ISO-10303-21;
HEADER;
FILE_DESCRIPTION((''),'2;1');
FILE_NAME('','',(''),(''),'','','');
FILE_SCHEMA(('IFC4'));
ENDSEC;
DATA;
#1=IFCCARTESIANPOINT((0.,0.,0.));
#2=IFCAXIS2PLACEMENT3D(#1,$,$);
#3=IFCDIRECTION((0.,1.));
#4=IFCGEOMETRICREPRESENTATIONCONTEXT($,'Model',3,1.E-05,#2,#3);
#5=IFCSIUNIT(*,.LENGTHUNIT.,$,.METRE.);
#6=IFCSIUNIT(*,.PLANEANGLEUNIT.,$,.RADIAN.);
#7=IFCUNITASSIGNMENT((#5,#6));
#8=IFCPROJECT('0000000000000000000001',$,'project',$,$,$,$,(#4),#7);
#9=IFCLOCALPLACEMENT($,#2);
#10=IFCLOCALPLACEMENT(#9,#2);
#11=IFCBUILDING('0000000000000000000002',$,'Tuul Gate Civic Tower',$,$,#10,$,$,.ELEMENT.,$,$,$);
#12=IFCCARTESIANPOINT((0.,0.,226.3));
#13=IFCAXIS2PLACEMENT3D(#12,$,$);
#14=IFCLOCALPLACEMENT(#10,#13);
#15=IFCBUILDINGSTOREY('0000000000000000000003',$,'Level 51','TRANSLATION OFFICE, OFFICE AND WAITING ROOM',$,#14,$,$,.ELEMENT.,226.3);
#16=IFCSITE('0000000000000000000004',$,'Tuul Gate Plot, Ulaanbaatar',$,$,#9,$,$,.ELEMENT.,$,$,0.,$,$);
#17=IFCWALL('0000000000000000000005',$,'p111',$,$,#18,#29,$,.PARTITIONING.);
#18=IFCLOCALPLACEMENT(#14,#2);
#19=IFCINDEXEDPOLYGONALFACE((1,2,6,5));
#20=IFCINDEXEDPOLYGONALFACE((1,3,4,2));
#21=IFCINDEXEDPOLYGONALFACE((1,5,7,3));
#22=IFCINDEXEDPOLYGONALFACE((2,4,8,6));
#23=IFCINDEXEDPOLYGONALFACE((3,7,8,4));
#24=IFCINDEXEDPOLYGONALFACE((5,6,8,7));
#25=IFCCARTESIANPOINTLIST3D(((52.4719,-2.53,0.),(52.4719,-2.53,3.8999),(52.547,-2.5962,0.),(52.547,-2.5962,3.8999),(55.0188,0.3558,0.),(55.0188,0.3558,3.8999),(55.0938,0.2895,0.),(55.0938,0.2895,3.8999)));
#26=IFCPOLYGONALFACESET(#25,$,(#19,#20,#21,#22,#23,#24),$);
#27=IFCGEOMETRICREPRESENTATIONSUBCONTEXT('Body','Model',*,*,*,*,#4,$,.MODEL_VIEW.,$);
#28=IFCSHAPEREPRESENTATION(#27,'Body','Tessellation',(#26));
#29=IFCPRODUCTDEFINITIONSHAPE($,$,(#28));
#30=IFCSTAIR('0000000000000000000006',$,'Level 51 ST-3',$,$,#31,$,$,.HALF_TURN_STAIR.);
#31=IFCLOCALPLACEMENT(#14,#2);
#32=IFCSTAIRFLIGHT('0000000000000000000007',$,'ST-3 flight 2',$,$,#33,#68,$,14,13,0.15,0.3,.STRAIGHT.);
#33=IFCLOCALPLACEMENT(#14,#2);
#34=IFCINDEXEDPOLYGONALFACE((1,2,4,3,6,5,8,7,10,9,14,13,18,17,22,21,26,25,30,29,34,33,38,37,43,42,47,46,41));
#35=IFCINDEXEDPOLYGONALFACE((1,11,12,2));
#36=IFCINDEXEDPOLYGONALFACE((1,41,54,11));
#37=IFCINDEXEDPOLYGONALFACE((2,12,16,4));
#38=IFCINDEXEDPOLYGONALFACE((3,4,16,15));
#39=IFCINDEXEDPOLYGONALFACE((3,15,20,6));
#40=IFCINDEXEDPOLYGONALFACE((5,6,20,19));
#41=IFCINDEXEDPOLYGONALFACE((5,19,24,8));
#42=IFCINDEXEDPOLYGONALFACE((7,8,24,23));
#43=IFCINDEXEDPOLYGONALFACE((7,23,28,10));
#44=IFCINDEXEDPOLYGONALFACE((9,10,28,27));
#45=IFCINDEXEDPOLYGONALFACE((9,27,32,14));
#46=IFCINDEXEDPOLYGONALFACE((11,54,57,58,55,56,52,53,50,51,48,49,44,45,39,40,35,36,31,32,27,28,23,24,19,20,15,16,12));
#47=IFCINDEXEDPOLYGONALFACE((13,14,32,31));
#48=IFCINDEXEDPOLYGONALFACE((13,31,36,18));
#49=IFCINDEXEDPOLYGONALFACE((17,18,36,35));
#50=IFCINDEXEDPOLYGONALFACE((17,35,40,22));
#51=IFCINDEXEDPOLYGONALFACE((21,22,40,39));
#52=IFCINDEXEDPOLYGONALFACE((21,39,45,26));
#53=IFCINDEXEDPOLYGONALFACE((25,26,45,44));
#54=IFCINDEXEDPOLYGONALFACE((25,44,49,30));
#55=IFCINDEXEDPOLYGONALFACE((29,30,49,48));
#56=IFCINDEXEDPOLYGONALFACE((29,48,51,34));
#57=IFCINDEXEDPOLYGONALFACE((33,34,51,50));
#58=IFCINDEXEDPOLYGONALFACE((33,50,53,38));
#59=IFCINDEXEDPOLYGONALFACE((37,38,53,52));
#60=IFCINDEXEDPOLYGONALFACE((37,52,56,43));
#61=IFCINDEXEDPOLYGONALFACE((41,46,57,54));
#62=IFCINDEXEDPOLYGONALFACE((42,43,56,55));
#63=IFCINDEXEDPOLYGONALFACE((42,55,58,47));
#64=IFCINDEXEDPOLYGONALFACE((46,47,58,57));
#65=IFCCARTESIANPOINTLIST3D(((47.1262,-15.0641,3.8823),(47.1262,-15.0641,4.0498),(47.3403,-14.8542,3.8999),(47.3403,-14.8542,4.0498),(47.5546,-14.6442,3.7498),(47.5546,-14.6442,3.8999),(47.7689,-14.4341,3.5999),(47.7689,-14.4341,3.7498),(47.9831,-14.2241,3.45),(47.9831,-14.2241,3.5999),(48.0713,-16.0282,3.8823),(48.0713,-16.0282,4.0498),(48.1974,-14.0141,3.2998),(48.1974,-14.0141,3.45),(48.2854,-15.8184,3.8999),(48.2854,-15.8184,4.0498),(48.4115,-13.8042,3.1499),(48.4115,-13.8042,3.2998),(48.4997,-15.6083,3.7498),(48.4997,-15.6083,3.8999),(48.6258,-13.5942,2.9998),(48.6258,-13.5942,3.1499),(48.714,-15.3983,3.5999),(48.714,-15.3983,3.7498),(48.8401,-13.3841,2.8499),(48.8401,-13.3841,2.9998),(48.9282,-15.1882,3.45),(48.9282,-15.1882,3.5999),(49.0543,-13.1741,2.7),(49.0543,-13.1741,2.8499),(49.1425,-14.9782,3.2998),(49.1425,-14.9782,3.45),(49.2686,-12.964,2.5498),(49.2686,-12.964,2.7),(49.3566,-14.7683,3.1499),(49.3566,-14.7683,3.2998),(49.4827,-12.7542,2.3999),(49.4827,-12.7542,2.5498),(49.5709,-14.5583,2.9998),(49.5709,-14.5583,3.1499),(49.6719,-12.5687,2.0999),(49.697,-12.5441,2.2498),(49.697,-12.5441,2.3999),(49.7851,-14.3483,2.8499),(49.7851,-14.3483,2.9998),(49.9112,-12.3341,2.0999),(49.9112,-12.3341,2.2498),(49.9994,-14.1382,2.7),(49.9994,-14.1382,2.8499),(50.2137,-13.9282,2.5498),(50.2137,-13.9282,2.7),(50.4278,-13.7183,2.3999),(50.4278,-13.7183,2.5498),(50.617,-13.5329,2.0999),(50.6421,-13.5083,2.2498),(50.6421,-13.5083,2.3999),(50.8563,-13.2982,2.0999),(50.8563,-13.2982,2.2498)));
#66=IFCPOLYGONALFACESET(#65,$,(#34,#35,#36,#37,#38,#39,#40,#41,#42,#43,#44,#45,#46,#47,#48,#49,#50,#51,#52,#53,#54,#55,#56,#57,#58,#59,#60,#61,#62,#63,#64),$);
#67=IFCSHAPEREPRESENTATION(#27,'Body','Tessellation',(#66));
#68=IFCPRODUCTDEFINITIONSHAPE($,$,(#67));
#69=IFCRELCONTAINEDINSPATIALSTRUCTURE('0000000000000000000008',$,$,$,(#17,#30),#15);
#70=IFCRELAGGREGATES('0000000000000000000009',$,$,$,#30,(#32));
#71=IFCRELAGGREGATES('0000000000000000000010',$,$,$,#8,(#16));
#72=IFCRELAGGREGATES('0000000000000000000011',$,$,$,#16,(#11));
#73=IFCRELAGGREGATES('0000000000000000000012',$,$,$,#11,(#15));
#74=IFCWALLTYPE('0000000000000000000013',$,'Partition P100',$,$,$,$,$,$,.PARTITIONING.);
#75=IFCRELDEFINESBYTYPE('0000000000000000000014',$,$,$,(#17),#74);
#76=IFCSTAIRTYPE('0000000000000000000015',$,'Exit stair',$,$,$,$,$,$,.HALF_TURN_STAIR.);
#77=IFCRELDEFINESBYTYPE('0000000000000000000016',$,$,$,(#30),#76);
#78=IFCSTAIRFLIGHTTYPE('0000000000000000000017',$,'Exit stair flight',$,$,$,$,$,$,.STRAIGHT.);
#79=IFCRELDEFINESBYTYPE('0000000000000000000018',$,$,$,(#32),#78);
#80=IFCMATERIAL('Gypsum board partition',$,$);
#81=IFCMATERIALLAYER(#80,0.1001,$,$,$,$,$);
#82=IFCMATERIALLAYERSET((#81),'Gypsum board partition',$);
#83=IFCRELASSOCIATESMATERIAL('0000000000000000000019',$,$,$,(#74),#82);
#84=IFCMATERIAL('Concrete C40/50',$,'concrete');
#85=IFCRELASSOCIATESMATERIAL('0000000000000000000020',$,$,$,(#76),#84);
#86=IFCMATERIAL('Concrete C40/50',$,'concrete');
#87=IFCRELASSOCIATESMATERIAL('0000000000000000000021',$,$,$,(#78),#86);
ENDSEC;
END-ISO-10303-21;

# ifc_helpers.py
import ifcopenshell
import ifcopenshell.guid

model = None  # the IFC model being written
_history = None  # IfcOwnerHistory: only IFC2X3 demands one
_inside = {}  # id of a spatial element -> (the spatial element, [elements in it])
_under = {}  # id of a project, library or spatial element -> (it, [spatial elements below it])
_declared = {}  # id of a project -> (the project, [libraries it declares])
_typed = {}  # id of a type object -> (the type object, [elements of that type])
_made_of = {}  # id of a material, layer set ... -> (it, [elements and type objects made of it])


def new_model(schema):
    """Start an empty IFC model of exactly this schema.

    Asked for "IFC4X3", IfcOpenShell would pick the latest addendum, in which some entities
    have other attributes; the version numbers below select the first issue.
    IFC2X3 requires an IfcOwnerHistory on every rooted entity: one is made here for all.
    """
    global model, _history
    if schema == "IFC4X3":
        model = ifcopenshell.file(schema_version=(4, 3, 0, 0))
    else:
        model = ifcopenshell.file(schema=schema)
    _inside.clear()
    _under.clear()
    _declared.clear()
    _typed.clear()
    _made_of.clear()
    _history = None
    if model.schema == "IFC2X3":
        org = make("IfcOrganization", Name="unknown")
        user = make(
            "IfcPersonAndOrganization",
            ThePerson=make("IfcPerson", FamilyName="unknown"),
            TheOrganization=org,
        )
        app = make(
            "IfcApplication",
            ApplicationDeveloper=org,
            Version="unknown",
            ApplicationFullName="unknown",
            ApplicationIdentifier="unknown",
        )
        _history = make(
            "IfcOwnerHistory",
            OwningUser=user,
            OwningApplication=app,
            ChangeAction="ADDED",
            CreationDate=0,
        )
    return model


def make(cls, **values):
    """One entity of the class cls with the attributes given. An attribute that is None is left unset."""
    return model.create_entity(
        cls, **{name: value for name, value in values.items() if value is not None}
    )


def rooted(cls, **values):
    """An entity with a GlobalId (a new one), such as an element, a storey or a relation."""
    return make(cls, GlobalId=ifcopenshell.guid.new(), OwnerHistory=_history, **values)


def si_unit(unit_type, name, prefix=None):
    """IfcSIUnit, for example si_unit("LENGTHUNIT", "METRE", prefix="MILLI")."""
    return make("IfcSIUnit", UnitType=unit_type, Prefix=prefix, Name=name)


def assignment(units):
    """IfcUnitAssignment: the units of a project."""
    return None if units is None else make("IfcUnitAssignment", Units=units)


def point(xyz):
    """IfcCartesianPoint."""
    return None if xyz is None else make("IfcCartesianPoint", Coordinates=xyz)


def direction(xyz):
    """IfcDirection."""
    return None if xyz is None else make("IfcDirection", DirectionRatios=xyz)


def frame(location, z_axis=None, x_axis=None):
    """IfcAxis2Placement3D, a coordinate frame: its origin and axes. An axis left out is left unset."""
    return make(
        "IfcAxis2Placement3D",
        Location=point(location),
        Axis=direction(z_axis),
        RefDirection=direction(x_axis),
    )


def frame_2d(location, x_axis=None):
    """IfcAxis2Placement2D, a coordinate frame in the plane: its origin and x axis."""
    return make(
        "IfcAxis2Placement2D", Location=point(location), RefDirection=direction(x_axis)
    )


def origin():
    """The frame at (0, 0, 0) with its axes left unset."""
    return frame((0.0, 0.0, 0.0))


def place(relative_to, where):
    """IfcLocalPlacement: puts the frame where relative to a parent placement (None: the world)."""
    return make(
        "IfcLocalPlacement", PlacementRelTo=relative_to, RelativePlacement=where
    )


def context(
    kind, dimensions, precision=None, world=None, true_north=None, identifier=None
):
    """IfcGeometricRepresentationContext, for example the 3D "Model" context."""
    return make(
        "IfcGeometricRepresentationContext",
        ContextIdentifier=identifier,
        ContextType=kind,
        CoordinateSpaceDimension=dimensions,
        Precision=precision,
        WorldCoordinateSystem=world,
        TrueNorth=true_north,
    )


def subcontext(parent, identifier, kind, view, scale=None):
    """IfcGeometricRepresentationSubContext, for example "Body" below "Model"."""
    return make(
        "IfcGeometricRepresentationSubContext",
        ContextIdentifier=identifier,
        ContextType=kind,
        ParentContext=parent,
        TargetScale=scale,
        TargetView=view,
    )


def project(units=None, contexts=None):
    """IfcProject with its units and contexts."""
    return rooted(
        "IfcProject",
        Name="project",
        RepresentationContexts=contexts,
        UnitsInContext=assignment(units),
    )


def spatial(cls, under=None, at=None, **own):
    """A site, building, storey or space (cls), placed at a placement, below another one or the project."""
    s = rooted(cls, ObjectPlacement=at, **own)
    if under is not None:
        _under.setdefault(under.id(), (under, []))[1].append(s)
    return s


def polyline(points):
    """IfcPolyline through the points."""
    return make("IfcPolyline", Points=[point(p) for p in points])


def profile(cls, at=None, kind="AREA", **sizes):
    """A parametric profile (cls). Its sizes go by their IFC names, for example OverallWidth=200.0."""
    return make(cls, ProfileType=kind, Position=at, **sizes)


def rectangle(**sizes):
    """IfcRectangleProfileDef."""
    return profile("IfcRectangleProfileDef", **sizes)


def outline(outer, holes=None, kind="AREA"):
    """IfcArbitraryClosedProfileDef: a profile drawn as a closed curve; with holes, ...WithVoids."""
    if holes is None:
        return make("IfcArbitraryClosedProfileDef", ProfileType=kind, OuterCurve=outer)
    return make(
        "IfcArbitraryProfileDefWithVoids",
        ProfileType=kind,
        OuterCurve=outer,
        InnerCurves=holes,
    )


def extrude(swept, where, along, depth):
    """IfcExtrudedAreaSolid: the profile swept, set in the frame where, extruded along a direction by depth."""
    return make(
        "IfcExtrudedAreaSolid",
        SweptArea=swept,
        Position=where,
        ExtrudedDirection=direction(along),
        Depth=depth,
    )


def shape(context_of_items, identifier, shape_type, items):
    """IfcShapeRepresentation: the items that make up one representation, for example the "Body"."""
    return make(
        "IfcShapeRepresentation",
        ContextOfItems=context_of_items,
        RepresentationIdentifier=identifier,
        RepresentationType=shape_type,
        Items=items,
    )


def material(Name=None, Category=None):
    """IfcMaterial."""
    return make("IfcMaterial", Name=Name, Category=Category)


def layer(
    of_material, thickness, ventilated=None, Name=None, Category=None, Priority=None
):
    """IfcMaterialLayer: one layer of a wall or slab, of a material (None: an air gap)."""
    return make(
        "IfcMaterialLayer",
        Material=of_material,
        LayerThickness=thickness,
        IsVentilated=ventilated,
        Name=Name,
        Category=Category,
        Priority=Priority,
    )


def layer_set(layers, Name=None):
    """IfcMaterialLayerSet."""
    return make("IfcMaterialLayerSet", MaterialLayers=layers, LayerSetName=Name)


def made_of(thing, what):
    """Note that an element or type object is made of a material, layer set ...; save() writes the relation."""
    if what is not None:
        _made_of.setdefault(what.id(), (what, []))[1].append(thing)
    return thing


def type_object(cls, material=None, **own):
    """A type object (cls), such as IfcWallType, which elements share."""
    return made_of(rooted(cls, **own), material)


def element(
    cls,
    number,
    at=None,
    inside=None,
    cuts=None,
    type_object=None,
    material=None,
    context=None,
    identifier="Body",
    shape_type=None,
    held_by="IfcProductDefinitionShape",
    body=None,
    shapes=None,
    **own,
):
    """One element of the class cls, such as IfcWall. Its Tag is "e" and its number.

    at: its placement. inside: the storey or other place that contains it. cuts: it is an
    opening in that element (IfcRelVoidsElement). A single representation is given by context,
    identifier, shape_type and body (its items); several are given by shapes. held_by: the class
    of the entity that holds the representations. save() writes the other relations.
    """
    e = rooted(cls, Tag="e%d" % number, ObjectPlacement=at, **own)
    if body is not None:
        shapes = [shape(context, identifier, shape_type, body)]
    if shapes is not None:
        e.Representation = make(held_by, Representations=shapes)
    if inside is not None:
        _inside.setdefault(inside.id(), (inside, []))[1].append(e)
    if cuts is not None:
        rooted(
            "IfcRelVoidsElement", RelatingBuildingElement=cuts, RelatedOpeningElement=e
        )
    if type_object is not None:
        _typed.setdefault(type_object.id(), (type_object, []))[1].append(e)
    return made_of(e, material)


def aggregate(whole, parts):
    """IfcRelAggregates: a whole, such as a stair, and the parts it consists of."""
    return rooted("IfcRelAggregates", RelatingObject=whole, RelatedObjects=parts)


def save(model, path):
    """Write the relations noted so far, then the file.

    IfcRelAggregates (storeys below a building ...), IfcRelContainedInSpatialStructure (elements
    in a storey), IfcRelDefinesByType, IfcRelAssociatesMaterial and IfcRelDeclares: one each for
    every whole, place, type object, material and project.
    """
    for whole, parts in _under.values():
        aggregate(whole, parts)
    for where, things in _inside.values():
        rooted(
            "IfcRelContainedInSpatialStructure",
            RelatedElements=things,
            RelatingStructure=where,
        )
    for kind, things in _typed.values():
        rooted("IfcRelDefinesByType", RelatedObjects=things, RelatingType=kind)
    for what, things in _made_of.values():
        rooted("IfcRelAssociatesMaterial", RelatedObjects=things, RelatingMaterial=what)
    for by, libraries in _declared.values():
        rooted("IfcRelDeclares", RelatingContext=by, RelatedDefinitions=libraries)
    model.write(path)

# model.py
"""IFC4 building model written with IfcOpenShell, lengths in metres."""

from ifc_helpers import new_model, si_unit, direction, frame, frame_2d, origin, place, context, subcontext, project, spatial, polyline, rectangle, outline, extrude, material, layer, layer_set, type_object, element, aggregate, save


model = new_model("IFC4")

# Units and contexts
model_context = context("Model", 3, precision=1e-05, world=origin(), true_north=direction((0.0, 1.0)))
body_context = subcontext(model_context, "Body", "Model", "MODEL_VIEW")
ifc_project = project(units=[si_unit("LENGTHUNIT", "METRE"), si_unit("PLANEANGLEUNIT", "RADIAN")], contexts=[model_context])

# Site, building, storey
site_placement = place(None, origin())
site = spatial("IfcSite", under=ifc_project, at=site_placement, Name="Tuul Gate Plot, Ulaanbaatar", CompositionType="ELEMENT", RefElevation=0.0)
building_placement = place(site_placement, origin())
building = spatial("IfcBuilding", under=site, at=building_placement, Name="Tuul Gate Civic Tower", CompositionType="ELEMENT")
storey_placement = place(building_placement, frame((0.0, 0.0, 226.3)))
storey = spatial("IfcBuildingStorey", under=building, at=storey_placement, Name="Level 51", Description="TRANSLATION OFFICE, OFFICE AND WAITING ROOM", CompositionType="ELEMENT", Elevation=226.3)

# Wall
ifc_material_1 = material(Name="Gypsum board partition")
ifc_layer_1 = layer(ifc_material_1, 0.1001)
ifc_layer_set_1 = layer_set([ifc_layer_1], Name="Gypsum board partition")
wall_type_1 = type_object("IfcWallType", Name="Partition P100", PredefinedType="PARTITIONING", material=ifc_layer_set_1)
wall_1_placement = place(storey_placement, frame((52.5095, -2.563, 0.0), z_axis=(0.0, 0.0, 1.0), x_axis=(0.661714, 0.749756, 0.0)))
element("IfcWall", 1, at=wall_1_placement, inside=storey, type_object=wall_type_1, Name="p111", PredefinedType="PARTITIONING", context=body_context, shape_type="SweptSolid", body=[
    extrude(rectangle(XDim=3.8489, YDim=0.1001, at=frame_2d((1.9243, 0.0))), origin(), (0.0, 0.0, 1.0), 3.8999),
])

# Stair, stair flight
ifc_material_2 = material(Name="Concrete C40/50", Category="concrete")
stair_type = type_object("IfcStairType", Name="Exit stair", PredefinedType="HALF_TURN_STAIR", material=ifc_material_2)
stair_placement = place(storey_placement, origin())
stair = element("IfcStair", 2, at=stair_placement, inside=storey, type_object=stair_type, Name="Level 51 ST-3", PredefinedType="HALF_TURN_STAIR")
ifc_material_3 = material(Name="Concrete C40/50", Category="concrete")
stair_flight_type = type_object("IfcStairFlightType", Name="Exit stair flight", PredefinedType="STRAIGHT", material=ifc_material_3)
stair_flight_placement = place(storey_placement, frame((50.3838, -12.8162, 2.0999), z_axis=(0.0, 0.0, 1.0), x_axis=(-0.714127, -0.700016, 0.0)))
stair_flight = element("IfcStairFlight", 3, at=stair_flight_placement, type_object=stair_flight_type, Name="ST-3 flight 2", NumberOfRisers=14, NumberOfTreads=13, PredefinedType="STRAIGHT", RiserHeight=0.15, TreadLength=0.3, context=body_context, shape_type="SweptSolid", body=[
    extrude(outline(polyline([(0.0, 0.0), (0.0, 0.1499), (0.3, 0.1499), (0.3, 0.3), (0.6001, 0.3), (0.6001, 0.45), (0.8999, 0.45), (0.8999, 0.6001), (1.2, 0.6001), (1.2, 0.75), (1.5, 0.75), (1.5, 0.8999), (1.8, 0.8999), (1.8, 1.05), (2.1001, 1.05), (2.1001, 1.2), (2.3999, 1.2), (2.3999, 1.3501), (2.7, 1.3501), (2.7, 1.5), (3.0, 1.5), (3.0, 1.6499), (3.3, 1.6499), (3.3, 1.8), (3.6001, 1.8), (3.6001, 1.95), (3.8999, 1.95), (3.8999, 2.1001), (3.8999, 1.7825), (0.3352, 0.0), (0.0, 0.0)])), frame((0.0, 0.675, 0.0), z_axis=(0.0, -1.0, 0.0), x_axis=(1.0, 0.0, 0.0)), (0.0, 0.0, 1.0), 1.3501),
])
aggregate(stair, [stair_flight])

save(model, "model.ifc")
